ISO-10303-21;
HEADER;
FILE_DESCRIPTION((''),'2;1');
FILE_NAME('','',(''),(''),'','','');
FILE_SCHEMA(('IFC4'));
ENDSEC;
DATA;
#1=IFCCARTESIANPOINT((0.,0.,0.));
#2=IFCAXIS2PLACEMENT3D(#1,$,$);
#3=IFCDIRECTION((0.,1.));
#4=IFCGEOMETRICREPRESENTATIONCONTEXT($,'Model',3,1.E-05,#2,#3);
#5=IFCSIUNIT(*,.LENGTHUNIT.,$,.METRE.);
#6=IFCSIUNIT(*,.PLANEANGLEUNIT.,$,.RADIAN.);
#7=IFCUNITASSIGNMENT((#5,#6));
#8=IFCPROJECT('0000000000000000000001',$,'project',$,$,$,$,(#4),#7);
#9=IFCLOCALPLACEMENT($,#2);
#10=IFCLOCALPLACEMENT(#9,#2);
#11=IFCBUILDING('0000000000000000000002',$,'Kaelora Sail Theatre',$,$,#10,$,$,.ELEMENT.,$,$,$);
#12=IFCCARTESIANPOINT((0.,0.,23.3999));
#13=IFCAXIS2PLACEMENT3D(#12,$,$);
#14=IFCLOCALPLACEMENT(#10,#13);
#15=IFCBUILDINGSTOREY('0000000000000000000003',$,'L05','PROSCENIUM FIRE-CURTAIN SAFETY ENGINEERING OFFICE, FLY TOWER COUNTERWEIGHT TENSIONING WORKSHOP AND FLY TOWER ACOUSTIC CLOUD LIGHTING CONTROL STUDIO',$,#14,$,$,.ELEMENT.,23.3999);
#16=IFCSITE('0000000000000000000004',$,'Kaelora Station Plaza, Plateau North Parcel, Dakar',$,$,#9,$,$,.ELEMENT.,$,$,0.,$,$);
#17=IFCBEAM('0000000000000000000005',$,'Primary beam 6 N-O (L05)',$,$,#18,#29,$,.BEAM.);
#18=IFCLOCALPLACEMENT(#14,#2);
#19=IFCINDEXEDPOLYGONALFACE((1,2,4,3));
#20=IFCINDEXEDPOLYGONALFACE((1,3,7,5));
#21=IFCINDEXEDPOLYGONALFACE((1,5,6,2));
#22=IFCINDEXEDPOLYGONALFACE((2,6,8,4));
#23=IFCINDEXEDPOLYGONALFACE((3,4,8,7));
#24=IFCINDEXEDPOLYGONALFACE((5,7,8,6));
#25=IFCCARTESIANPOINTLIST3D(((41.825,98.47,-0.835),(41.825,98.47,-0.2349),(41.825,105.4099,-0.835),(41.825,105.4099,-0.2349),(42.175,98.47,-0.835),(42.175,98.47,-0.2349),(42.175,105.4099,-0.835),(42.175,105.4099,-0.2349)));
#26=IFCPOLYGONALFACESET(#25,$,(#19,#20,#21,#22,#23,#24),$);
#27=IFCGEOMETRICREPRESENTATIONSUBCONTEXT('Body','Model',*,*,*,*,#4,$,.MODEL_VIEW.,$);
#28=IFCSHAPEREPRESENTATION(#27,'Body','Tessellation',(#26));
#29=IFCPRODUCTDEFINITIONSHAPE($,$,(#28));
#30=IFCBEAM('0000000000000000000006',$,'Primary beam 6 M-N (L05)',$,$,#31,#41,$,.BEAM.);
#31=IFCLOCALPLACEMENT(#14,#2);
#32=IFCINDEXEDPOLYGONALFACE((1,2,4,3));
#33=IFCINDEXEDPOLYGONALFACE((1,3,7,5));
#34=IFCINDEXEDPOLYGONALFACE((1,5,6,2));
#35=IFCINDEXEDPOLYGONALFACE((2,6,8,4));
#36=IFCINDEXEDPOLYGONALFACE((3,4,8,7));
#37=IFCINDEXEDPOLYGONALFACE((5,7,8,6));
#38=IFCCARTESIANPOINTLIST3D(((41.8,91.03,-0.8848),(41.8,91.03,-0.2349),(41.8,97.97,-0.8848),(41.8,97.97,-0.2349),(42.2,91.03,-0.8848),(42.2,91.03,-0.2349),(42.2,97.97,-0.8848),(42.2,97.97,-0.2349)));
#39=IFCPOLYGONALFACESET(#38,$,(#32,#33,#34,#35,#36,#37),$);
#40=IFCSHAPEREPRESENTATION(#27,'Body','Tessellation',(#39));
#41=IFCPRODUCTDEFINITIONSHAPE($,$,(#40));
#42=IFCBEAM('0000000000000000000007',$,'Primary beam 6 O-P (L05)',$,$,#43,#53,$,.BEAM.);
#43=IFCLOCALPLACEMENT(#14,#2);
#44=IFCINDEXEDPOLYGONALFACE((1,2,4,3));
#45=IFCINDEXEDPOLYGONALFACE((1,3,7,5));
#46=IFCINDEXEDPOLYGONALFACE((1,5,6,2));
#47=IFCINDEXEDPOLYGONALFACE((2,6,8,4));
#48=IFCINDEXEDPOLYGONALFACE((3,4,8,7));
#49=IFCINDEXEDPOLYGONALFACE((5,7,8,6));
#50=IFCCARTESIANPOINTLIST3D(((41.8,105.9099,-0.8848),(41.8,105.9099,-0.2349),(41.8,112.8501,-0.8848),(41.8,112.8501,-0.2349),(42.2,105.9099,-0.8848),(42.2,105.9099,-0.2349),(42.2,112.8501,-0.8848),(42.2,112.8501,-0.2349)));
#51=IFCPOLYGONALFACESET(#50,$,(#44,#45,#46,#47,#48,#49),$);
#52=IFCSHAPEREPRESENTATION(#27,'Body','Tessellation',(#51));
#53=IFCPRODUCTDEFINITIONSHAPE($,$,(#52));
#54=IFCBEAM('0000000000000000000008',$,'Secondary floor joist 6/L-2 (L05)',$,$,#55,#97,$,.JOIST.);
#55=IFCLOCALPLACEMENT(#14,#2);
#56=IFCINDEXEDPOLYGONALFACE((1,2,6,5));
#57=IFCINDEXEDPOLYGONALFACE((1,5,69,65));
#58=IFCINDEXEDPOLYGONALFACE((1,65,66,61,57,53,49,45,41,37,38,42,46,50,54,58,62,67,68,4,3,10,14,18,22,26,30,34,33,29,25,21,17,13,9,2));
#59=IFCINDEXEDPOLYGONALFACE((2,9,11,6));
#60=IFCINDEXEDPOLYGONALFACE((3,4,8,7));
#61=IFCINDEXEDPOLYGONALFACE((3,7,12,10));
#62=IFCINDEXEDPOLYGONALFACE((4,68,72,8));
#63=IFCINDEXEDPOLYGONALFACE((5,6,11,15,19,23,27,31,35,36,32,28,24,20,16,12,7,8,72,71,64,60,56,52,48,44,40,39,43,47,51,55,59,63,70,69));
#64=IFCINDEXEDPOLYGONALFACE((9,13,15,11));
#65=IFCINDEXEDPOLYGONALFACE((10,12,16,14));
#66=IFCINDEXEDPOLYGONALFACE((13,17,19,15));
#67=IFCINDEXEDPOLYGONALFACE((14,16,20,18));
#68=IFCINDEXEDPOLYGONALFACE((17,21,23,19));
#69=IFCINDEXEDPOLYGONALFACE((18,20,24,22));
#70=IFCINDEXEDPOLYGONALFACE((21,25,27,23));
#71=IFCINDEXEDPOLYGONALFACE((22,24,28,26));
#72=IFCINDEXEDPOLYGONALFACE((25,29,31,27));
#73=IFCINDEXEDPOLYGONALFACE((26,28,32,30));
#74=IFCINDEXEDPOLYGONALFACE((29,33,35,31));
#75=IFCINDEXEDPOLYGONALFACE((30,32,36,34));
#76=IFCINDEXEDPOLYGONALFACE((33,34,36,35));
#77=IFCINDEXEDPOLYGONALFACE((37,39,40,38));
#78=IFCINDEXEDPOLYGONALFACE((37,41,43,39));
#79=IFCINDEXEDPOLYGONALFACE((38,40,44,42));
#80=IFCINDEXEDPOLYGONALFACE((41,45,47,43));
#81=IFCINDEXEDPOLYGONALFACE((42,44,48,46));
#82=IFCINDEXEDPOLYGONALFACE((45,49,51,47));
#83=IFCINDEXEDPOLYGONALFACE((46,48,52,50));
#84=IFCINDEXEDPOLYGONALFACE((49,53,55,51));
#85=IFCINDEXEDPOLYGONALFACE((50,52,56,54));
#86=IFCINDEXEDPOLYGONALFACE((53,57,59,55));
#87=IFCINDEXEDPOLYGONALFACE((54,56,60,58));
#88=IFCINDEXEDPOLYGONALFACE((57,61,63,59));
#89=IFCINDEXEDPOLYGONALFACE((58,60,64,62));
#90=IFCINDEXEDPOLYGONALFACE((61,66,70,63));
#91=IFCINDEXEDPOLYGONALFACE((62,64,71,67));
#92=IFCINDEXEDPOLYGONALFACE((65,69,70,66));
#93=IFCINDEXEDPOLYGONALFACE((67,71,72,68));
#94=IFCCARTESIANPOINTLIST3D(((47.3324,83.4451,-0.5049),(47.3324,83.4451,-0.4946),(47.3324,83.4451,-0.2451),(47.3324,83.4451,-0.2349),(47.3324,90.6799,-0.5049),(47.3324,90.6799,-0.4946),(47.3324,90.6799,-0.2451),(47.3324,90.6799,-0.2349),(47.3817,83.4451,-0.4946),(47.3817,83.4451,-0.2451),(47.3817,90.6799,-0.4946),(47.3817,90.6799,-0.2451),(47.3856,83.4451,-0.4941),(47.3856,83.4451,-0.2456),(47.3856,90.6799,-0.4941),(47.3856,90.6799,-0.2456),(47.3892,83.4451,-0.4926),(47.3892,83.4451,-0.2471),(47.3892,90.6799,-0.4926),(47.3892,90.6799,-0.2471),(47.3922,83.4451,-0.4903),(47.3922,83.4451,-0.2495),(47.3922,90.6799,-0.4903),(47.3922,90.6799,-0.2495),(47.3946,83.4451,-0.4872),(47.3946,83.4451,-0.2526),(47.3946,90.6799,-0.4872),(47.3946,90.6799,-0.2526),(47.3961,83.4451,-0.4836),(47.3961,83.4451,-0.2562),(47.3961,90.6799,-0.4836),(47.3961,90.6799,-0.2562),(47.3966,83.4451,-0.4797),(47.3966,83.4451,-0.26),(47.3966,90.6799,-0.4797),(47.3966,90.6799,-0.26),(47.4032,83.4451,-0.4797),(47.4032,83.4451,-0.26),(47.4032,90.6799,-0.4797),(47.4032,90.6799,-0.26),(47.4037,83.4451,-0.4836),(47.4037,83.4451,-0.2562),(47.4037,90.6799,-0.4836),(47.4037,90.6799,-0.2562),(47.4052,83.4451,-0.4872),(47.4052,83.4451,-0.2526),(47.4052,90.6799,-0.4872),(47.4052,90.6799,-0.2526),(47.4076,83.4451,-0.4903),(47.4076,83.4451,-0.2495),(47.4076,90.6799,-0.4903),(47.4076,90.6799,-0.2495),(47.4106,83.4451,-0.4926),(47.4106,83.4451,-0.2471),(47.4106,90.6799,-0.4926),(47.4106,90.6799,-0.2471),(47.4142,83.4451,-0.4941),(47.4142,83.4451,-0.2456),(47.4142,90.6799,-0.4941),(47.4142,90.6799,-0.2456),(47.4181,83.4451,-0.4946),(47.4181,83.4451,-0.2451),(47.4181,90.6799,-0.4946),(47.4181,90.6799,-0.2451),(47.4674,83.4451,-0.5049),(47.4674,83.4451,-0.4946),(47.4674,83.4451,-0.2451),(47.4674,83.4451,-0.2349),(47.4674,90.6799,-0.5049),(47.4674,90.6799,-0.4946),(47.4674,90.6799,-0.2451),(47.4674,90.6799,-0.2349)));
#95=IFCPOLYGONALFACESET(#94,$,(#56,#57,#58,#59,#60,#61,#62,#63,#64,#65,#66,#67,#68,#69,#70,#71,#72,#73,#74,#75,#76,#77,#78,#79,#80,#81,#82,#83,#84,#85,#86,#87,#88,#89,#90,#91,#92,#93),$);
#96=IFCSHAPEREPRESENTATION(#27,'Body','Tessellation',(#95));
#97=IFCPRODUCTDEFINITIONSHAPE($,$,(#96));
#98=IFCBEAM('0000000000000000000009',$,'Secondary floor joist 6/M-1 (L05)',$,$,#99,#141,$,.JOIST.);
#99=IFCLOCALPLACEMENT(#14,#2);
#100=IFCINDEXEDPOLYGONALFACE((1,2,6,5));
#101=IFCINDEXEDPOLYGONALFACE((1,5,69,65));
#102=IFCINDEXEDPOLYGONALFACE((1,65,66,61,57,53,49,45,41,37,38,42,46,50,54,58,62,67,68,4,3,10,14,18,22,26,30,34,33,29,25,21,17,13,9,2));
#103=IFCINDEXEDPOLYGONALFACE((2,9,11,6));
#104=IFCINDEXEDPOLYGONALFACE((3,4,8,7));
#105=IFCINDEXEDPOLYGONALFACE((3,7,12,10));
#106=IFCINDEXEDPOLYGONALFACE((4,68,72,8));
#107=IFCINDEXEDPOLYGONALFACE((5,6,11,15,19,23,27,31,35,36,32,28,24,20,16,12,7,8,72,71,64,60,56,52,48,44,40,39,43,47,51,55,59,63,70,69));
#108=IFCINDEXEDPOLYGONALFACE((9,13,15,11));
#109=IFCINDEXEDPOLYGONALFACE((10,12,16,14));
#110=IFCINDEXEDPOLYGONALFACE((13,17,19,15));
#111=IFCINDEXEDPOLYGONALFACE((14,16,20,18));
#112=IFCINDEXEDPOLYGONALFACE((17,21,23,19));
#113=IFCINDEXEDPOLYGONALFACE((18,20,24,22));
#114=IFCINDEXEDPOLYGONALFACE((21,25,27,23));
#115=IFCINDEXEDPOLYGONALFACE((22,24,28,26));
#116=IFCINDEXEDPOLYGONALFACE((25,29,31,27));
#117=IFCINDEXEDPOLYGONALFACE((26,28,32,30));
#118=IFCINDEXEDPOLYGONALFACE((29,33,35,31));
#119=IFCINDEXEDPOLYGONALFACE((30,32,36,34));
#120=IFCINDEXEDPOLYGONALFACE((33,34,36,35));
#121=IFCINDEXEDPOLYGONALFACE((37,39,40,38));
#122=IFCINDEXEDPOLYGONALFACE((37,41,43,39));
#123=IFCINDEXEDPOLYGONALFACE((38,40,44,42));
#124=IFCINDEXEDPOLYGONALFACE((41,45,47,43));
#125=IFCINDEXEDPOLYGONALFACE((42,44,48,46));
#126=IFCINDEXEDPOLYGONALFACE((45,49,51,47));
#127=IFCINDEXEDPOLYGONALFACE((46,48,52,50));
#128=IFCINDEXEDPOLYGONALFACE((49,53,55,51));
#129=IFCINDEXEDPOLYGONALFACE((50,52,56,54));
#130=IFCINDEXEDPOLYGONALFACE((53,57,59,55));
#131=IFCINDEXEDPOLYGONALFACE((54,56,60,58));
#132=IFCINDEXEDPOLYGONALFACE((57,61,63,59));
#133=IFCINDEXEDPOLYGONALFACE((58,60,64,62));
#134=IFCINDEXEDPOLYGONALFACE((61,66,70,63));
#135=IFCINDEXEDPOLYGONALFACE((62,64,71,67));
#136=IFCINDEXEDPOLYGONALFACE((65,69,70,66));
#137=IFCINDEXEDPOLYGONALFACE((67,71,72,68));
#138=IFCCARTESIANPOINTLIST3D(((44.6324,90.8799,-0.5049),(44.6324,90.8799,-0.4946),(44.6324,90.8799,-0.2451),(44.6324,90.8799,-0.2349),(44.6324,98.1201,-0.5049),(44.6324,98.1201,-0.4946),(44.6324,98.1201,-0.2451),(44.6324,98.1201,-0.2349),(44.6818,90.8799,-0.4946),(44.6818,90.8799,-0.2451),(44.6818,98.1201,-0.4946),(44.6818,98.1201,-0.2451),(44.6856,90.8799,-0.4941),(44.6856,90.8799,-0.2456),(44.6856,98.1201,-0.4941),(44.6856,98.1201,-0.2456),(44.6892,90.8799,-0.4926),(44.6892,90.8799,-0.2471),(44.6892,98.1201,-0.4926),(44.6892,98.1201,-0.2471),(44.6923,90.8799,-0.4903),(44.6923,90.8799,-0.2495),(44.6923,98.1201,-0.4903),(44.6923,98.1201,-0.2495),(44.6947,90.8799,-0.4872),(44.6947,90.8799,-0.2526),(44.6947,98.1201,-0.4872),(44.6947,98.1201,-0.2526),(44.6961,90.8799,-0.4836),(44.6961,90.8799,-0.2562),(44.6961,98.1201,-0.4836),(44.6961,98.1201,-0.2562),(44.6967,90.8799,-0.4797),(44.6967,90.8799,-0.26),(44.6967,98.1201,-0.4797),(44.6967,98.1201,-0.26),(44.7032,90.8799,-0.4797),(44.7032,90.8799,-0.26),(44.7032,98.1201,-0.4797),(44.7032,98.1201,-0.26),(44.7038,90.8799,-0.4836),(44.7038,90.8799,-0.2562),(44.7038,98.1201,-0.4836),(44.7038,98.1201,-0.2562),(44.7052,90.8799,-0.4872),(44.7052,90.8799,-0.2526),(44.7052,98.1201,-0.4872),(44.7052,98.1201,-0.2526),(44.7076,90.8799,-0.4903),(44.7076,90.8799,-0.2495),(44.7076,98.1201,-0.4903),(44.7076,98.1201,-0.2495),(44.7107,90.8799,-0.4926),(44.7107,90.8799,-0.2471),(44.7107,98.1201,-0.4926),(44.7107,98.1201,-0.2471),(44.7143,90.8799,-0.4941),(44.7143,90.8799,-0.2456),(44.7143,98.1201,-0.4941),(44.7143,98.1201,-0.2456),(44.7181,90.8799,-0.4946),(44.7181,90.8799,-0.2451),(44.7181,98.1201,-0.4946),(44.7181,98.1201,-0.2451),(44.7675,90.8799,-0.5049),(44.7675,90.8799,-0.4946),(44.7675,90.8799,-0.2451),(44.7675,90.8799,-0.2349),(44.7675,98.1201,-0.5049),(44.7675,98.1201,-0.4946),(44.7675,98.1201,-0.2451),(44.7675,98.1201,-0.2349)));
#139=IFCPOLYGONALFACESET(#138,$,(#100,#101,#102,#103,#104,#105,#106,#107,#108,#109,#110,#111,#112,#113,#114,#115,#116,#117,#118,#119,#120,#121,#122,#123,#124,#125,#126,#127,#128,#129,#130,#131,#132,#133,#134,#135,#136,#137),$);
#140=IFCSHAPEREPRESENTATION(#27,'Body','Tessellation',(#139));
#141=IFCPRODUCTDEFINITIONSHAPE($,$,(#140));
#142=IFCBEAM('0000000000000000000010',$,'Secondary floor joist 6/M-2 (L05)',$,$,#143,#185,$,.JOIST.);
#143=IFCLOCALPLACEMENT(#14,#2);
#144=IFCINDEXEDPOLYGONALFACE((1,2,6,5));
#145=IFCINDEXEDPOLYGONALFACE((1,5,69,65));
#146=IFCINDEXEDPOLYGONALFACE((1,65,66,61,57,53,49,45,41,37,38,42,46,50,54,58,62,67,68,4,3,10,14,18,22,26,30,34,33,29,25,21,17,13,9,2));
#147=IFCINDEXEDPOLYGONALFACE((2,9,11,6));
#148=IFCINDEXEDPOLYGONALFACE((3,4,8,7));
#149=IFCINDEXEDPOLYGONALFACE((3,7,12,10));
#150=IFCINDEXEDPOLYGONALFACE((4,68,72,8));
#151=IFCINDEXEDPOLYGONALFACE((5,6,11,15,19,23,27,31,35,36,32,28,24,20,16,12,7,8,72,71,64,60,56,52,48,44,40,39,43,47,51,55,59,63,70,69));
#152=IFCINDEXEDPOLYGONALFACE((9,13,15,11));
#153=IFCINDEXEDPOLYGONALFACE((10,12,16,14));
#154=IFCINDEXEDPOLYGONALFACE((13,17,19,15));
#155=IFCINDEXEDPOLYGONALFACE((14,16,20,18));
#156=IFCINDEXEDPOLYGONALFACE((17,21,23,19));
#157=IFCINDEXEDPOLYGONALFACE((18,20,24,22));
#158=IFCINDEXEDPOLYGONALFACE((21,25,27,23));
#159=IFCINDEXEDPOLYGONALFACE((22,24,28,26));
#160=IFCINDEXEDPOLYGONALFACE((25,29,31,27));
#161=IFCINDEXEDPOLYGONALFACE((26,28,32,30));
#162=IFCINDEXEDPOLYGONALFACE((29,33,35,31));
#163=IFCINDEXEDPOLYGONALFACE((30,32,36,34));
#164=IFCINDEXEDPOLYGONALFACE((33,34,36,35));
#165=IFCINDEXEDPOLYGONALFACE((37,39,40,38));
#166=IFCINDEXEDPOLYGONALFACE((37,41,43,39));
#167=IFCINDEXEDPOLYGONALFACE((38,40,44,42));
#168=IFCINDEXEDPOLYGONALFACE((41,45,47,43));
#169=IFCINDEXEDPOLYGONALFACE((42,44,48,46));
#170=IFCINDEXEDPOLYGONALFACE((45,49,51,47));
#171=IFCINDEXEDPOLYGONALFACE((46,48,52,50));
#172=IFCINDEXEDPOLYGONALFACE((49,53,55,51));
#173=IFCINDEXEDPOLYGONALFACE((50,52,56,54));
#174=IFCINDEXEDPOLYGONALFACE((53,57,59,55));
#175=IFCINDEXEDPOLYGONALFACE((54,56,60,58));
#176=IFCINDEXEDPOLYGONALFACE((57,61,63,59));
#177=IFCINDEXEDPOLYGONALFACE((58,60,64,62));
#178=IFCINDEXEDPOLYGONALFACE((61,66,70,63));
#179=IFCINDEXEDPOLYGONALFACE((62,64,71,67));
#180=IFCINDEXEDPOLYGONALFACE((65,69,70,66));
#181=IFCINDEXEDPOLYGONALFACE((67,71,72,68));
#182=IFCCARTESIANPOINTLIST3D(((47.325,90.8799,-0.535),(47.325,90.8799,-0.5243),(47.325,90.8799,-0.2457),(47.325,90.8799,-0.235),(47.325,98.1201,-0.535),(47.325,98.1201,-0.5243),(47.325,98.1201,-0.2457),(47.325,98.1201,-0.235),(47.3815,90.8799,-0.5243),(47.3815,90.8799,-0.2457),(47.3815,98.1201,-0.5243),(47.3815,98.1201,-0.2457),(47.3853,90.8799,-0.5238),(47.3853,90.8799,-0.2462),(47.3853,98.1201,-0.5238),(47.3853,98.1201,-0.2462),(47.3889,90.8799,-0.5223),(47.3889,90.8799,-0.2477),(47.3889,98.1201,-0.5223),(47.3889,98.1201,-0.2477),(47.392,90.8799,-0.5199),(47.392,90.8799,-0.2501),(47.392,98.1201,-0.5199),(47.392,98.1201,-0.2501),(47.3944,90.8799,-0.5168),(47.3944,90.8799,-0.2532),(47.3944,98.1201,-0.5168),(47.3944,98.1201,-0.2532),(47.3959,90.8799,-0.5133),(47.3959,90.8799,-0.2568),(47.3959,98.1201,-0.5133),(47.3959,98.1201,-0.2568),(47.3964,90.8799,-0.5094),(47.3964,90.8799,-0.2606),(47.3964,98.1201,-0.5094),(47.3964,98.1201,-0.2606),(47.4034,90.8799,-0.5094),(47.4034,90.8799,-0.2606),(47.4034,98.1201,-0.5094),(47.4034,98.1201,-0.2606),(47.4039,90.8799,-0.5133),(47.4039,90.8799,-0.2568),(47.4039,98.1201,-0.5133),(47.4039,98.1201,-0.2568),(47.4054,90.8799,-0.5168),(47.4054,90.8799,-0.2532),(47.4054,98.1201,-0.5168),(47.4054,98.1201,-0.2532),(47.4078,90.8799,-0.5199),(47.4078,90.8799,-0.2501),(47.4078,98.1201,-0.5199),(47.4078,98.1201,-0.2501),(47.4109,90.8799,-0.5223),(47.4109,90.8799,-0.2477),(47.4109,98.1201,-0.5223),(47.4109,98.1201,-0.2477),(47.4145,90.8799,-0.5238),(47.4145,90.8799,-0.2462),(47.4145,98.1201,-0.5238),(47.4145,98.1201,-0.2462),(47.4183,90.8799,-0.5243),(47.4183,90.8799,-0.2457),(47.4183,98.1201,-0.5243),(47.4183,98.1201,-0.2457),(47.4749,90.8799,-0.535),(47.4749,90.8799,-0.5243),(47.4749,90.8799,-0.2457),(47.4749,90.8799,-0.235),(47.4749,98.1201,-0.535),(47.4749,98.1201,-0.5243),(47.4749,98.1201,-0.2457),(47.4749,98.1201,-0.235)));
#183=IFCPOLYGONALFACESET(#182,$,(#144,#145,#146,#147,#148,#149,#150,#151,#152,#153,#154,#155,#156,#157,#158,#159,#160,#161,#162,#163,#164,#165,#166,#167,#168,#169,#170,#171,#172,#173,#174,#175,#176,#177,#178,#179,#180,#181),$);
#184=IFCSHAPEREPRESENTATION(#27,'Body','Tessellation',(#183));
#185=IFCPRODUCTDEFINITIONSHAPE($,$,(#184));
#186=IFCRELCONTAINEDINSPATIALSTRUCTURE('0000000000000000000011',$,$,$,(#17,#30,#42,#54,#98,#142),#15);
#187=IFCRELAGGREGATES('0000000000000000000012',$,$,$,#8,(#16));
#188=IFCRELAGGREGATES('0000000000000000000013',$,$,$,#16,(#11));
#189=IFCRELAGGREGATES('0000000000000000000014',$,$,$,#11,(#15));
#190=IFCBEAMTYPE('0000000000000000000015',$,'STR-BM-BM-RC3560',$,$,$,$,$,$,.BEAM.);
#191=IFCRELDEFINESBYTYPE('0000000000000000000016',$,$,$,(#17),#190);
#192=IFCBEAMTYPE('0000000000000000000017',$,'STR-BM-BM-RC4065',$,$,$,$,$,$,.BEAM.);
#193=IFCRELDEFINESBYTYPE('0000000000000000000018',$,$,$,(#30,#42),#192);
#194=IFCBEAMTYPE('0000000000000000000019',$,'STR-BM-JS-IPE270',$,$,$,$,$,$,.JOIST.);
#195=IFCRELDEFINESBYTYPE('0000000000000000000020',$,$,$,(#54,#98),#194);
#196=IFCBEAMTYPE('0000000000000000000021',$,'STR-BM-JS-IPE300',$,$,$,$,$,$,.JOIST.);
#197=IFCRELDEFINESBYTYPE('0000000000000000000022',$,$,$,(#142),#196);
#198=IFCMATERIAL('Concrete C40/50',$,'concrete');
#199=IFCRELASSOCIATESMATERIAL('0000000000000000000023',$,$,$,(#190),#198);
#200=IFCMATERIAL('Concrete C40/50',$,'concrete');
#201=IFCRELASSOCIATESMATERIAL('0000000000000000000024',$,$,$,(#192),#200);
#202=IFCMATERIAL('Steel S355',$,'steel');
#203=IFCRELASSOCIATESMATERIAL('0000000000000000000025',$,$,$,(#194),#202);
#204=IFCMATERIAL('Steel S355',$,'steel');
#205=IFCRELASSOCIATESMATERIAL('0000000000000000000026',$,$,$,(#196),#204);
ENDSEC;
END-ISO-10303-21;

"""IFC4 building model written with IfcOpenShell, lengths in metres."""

from ifc_helpers import new_model, si_unit, direction, frame, origin, origin_2d, place, context, subcontext, project, spatial, rectangle, i_section, extrude, material, material_profile, profile_set, type_object, element, save


model = new_model("IFC4")

# Units and contexts
model_context = context("Model", 3, precision=1e-05, world=origin(), true_north=direction((0.0, 1.0)))
body_context = subcontext(model_context, "Body", "Model", "MODEL_VIEW")
ifc_project = project(units=[si_unit("LENGTHUNIT", "METRE"), si_unit("PLANEANGLEUNIT", "RADIAN")], contexts=[model_context])

# Site, building, storey
site_placement = place(None, origin())
site = spatial("IfcSite", under=ifc_project, at=site_placement, Name="Kaelora Station Plaza, Plateau North Parcel, Dakar", CompositionType="ELEMENT", RefElevation=0.0)
building_placement = place(site_placement, origin())
building = spatial("IfcBuilding", under=site, at=building_placement, Name="Kaelora Sail Theatre", CompositionType="ELEMENT")
storey_placement = place(building_placement, frame((0.0, 0.0, 23.3999)))
storey = spatial("IfcBuildingStorey", under=building, at=storey_placement, Name="L05", Description="PROSCENIUM FIRE-CURTAIN SAFETY ENGINEERING OFFICE, FLY TOWER COUNTERWEIGHT TENSIONING WORKSHOP AND FLY TOWER ACOUSTIC CLOUD LIGHTING CONTROL STUDIO", CompositionType="ELEMENT", Elevation=23.3999)

# Beams
ifc_material_1 = material(Name="Concrete C40/50", Category="concrete")
ifc_material_profile_1 = material_profile(ifc_material_1, rectangle(XDim=0.3501, YDim=0.6001, at=origin_2d()), Name="RC-BM 350x600")
ifc_profile_set_1 = profile_set([ifc_material_profile_1], Name="Concrete C40/50")
beam_type_1 = type_object("IfcBeamType", Name="STR-BM-BM-RC3560", PredefinedType="BEAM", material=ifc_profile_set_1)
beam_1_placement = place(storey_placement, frame((42.0, 98.47, -0.5349), z_axis=(0.0, 1.0, 0.0), x_axis=(-1.0, 0.0, 0.0)))
element("IfcBeam", 1, at=beam_1_placement, inside=storey, type_object=beam_type_1, Name="Primary beam 6 N-O (L05)", PredefinedType="BEAM", context=body_context, shape_type="SweptSolid", body=[
    extrude(rectangle(XDim=0.3501, YDim=0.6001, at=origin_2d()), origin(), (0.0, 0.0, 1.0), 6.9399),
])
ifc_material_2 = material(Name="Concrete C40/50", Category="concrete")
ifc_material_profile_2 = material_profile(ifc_material_2, rectangle(XDim=0.3999, YDim=0.6499, at=origin_2d()), Name="RC-BM 400x650")
ifc_profile_set_2 = profile_set([ifc_material_profile_2], Name="Concrete C40/50")
beam_type_2 = type_object("IfcBeamType", Name="STR-BM-BM-RC4065", PredefinedType="BEAM", material=ifc_profile_set_2)
beam_2_placement = place(storey_placement, frame((42.0, 91.03, -0.5598), z_axis=(0.0, 1.0, 0.0), x_axis=(-1.0, 0.0, 0.0)))
element("IfcBeam", 2, at=beam_2_placement, inside=storey, type_object=beam_type_2, Name="Primary beam 6 M-N (L05)", PredefinedType="BEAM", context=body_context, shape_type="SweptSolid", body=[
    extrude(rectangle(XDim=0.3999, YDim=0.6499, at=origin_2d()), origin(), (0.0, 0.0, 1.0), 6.9399),
])
beam_3_placement = place(storey_placement, frame((42.0, 105.9099, -0.5598), z_axis=(0.0, 1.0, 0.0), x_axis=(-1.0, 0.0, 0.0)))
element("IfcBeam", 3, at=beam_3_placement, inside=storey, type_object=beam_type_2, Name="Primary beam 6 O-P (L05)", PredefinedType="BEAM", context=body_context, shape_type="SweptSolid", body=[
    extrude(rectangle(XDim=0.3999, YDim=0.6499, at=origin_2d()), origin(), (0.0, 0.0, 1.0), 6.9402),
])
ifc_material_3 = material(Name="Steel S355", Category="steel")
ifc_material_profile_3 = material_profile(ifc_material_3, i_section(OverallWidth=0.135, OverallDepth=0.27, WebThickness=0.0066, FlangeThickness=0.0103, FilletRadius=0.0149, at=origin_2d()), Name="IPE 270")
ifc_profile_set_3 = profile_set([ifc_material_profile_3], Name="Steel S355")
beam_type_3 = type_object("IfcBeamType", Name="STR-BM-JS-IPE270", PredefinedType="JOIST", material=ifc_profile_set_3)
beam_4_placement = place(storey_placement, frame((47.3999, 83.4451, -0.3699), z_axis=(0.0, 1.0, 0.0), x_axis=(-1.0, 0.0, 0.0)))
element("IfcBeam", 4, at=beam_4_placement, inside=storey, type_object=beam_type_3, Name="Secondary floor joist 6/L-2 (L05)", PredefinedType="JOIST", context=body_context, shape_type="SweptSolid", body=[
    extrude(i_section(OverallWidth=0.135, OverallDepth=0.27, WebThickness=0.0066, FlangeThickness=0.0103, FilletRadius=0.0149, at=origin_2d()), origin(), (0.0, 0.0, 1.0), 7.2349),
])
beam_5_placement = place(storey_placement, frame((44.7, 90.8799, -0.3699), z_axis=(0.0, 1.0, 0.0), x_axis=(-1.0, 0.0, 0.0)))
element("IfcBeam", 5, at=beam_5_placement, inside=storey, type_object=beam_type_3, Name="Secondary floor joist 6/M-1 (L05)", PredefinedType="JOIST", context=body_context, shape_type="SweptSolid", body=[
    extrude(i_section(OverallWidth=0.135, OverallDepth=0.27, WebThickness=0.0066, FlangeThickness=0.0103, FilletRadius=0.0149, at=origin_2d()), origin(), (0.0, 0.0, 1.0), 7.2402),
])
ifc_material_4 = material(Name="Steel S355", Category="steel")
ifc_material_profile_4 = material_profile(ifc_material_4, i_section(OverallWidth=0.1499, OverallDepth=0.3, WebThickness=0.0071, FlangeThickness=0.0107, FilletRadius=0.0149, at=origin_2d()), Name="IPE 300")
ifc_profile_set_4 = profile_set([ifc_material_profile_4], Name="Steel S355")
beam_type_4 = type_object("IfcBeamType", Name="STR-BM-JS-IPE300", PredefinedType="JOIST", material=ifc_profile_set_4)
beam_6_placement = place(storey_placement, frame((47.3999, 90.8799, -0.385), z_axis=(0.0, 1.0, 0.0), x_axis=(-1.0, 0.0, 0.0)))
element("IfcBeam", 6, at=beam_6_placement, inside=storey, type_object=beam_type_4, Name="Secondary floor joist 6/M-2 (L05)", PredefinedType="JOIST", context=body_context, shape_type="SweptSolid", body=[
    extrude(i_section(OverallWidth=0.1499, OverallDepth=0.3, WebThickness=0.0071, FlangeThickness=0.0107, FilletRadius=0.0149, at=origin_2d()), origin(), (0.0, 0.0, 1.0), 7.2402),
])

save(model, "model.ifc")
